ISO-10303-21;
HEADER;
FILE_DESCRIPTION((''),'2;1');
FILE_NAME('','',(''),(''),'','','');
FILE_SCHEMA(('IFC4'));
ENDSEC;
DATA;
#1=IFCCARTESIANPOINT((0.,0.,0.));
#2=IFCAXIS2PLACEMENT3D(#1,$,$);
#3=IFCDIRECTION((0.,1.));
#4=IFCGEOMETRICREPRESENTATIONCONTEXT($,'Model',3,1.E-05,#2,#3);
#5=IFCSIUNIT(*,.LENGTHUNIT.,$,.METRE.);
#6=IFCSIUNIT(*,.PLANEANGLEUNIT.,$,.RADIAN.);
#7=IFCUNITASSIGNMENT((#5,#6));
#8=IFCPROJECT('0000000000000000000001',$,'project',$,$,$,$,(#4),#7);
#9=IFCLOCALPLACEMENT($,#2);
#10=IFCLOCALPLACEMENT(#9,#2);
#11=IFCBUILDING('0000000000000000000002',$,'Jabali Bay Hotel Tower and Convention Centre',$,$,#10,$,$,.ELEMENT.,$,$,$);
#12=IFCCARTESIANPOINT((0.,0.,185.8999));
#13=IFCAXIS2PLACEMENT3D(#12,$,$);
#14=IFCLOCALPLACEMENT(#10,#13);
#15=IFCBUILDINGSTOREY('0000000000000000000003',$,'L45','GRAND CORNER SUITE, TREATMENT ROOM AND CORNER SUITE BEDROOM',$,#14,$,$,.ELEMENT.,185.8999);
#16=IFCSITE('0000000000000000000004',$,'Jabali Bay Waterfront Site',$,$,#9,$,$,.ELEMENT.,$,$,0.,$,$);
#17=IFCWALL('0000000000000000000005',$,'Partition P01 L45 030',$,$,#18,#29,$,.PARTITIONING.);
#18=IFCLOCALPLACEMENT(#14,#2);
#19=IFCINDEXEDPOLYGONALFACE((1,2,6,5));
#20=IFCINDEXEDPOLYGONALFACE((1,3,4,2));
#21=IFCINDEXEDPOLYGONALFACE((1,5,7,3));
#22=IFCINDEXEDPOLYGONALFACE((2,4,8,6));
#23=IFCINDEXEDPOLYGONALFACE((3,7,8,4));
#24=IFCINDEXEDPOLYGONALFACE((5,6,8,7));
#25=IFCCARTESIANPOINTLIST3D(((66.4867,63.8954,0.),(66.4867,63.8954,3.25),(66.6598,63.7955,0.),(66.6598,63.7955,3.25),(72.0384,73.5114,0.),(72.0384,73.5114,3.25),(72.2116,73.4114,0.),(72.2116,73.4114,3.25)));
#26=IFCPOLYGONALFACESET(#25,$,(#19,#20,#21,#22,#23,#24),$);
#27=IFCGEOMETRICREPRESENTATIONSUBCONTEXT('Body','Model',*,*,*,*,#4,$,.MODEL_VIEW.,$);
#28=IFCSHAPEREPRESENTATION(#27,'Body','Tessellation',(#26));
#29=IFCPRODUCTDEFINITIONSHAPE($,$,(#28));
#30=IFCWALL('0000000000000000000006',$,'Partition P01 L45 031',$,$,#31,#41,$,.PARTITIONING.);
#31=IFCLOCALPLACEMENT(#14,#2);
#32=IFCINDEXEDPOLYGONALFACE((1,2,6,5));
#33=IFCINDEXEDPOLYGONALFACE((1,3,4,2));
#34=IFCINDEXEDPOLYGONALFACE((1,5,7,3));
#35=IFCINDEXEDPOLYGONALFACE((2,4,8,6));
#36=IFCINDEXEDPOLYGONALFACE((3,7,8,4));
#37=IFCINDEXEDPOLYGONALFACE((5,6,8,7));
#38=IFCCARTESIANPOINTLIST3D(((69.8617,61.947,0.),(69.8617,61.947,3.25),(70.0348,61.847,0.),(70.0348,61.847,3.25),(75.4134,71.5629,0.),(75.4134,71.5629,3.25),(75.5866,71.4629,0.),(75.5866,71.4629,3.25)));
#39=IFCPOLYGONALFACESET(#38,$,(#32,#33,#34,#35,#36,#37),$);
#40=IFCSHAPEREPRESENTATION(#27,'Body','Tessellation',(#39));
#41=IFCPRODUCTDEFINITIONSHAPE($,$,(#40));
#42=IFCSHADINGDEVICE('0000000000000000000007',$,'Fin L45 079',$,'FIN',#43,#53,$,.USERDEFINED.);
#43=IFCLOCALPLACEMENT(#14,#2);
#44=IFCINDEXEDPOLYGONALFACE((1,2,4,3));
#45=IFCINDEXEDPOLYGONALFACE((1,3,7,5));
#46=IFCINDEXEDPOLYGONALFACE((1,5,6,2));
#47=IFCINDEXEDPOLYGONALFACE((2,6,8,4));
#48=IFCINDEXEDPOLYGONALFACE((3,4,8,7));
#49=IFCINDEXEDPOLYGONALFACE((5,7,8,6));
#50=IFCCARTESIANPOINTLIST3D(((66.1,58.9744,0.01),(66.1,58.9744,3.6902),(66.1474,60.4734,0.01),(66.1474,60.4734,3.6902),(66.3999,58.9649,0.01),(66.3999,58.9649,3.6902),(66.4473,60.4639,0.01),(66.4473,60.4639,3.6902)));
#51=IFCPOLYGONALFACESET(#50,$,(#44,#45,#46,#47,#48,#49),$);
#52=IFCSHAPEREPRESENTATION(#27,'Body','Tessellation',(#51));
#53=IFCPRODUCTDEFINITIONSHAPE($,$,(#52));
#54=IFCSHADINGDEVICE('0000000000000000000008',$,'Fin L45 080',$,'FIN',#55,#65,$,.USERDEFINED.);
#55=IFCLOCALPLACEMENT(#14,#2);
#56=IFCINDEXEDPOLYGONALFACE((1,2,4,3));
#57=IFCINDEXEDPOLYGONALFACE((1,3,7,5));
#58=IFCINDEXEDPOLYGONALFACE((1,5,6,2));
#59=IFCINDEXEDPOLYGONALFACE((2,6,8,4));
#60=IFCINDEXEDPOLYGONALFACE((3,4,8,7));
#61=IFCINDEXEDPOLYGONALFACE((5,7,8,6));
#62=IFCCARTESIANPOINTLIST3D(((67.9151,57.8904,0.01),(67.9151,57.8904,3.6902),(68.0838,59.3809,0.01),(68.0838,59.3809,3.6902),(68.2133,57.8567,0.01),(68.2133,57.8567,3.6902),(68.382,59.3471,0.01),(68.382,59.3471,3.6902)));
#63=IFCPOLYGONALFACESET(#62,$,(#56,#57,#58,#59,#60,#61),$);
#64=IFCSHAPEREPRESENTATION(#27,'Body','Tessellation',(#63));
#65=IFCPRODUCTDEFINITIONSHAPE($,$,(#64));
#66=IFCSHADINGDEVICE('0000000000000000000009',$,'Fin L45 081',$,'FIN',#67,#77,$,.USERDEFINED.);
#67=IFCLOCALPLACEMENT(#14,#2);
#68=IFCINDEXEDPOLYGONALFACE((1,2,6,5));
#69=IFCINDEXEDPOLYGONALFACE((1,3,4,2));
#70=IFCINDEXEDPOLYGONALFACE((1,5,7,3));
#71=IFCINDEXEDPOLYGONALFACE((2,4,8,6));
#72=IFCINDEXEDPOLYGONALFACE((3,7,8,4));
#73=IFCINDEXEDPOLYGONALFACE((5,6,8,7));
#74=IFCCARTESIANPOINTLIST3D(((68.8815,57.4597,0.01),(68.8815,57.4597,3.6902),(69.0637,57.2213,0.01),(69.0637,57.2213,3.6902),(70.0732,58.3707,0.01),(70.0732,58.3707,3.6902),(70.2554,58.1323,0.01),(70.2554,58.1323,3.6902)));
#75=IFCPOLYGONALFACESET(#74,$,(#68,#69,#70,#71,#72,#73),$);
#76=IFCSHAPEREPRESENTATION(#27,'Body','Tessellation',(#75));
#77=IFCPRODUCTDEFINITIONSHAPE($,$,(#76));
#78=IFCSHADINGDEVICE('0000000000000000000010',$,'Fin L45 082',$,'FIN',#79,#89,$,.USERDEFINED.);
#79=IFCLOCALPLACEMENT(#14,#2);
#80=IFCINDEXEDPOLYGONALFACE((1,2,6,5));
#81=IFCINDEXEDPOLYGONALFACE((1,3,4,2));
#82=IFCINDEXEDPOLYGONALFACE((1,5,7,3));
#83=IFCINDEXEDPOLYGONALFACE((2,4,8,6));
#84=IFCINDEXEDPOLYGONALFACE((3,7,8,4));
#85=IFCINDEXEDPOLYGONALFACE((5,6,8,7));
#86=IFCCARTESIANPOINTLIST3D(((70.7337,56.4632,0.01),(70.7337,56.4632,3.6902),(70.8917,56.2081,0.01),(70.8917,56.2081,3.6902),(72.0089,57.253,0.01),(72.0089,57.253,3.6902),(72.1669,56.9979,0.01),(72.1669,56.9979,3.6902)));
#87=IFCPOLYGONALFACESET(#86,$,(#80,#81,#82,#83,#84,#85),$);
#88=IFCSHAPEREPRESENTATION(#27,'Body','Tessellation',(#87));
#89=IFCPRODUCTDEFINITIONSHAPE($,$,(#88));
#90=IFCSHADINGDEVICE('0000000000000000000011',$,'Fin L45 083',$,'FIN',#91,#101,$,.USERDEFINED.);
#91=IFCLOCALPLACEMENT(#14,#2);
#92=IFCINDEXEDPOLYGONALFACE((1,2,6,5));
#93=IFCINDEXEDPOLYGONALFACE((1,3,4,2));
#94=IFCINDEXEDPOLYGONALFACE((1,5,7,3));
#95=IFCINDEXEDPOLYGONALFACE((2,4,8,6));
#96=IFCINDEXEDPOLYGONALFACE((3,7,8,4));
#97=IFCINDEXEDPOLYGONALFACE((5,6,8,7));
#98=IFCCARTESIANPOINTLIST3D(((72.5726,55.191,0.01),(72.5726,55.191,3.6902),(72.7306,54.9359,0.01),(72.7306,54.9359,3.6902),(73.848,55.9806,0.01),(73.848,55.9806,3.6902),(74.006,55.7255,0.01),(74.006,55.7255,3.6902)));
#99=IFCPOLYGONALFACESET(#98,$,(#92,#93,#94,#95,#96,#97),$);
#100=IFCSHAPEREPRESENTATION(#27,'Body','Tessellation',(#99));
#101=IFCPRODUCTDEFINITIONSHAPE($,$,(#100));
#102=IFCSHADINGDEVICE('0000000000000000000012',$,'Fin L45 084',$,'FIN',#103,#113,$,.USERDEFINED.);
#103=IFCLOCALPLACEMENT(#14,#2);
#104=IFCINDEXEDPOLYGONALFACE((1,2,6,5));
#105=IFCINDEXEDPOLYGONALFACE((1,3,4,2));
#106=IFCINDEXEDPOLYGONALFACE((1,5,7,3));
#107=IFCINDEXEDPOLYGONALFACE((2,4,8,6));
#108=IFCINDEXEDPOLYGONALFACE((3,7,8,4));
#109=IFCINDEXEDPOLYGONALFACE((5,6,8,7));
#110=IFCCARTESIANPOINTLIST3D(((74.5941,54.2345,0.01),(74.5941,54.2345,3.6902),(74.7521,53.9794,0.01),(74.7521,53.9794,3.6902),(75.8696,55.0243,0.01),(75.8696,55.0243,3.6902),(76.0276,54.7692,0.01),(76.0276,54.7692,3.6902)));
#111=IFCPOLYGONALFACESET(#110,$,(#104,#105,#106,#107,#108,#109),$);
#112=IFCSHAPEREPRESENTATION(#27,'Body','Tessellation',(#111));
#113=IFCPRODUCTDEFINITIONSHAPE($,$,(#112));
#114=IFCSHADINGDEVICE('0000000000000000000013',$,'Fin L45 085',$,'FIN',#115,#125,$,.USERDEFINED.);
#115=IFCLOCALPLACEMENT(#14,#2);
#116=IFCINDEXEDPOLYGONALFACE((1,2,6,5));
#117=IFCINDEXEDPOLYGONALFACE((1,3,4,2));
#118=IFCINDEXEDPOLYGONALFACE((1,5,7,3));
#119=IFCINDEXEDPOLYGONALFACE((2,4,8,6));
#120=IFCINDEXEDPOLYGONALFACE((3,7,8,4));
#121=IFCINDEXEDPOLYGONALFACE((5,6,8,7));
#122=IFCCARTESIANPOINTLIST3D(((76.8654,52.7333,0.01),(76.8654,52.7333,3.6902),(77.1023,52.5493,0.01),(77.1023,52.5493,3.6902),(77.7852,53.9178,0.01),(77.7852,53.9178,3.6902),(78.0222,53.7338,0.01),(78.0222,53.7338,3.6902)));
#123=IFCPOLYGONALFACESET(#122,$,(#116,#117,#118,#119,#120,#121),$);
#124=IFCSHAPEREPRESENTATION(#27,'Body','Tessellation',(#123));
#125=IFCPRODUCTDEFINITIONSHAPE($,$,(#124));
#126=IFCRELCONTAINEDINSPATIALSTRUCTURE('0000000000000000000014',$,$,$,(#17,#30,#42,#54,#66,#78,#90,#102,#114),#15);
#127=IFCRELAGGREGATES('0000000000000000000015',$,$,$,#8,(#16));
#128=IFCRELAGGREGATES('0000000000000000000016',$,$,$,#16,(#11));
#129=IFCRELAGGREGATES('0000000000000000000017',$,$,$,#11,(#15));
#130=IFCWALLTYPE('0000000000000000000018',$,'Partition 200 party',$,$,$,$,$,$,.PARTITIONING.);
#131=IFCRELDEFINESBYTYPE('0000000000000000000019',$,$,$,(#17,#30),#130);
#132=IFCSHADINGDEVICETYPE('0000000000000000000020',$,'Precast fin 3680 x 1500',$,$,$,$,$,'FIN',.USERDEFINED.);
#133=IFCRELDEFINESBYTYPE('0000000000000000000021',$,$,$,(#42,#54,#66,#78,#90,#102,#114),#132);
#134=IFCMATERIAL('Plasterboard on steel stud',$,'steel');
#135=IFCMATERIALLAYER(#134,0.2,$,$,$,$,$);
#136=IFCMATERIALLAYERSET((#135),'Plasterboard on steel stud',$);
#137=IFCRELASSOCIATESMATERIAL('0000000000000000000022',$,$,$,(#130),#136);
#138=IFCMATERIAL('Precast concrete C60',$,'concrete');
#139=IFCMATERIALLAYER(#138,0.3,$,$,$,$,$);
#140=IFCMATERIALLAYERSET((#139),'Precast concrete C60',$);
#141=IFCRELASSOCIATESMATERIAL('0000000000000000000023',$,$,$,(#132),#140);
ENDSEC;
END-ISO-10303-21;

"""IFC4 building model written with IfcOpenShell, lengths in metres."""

from ifc_helpers import new_model, si_unit, direction, frame, frame_2d, origin, place, context, subcontext, project, spatial, rectangle, extrude, material, layer, layer_set, type_object, element, save


model = new_model("IFC4")

# Units and contexts
model_context = context("Model", 3, precision=1e-05, world=origin(), true_north=direction((0.0, 1.0)))
body_context = subcontext(model_context, "Body", "Model", "MODEL_VIEW")
ifc_project = project(units=[si_unit("LENGTHUNIT", "METRE"), si_unit("PLANEANGLEUNIT", "RADIAN")], contexts=[model_context])

# Site, building, storey
site_placement = place(None, origin())
site = spatial("IfcSite", under=ifc_project, at=site_placement, Name="Jabali Bay Waterfront Site", CompositionType="ELEMENT", RefElevation=0.0)
building_placement = place(site_placement, origin())
building = spatial("IfcBuilding", under=site, at=building_placement, Name="Jabali Bay Hotel Tower and Convention Centre", CompositionType="ELEMENT")
storey_placement = place(building_placement, frame((0.0, 0.0, 185.8999)))
storey = spatial("IfcBuildingStorey", under=building, at=storey_placement, Name="L45", Description="GRAND CORNER SUITE, TREATMENT ROOM AND CORNER SUITE BEDROOM", CompositionType="ELEMENT", Elevation=185.8999)

# Shared definitions
ifc_material_1 = material(Name="Plasterboard on steel stud", Category="steel")

# Walls
ifc_layer_1 = layer(ifc_material_1, 0.2)
ifc_layer_set_1 = layer_set([ifc_layer_1], Name="Plasterboard on steel stud")
wall_type_1 = type_object("IfcWallType", Name="Partition 200 party", PredefinedType="PARTITIONING", material=ifc_layer_set_1)
for number, where, z_axis, x_axis, name in (
    (1, (66.5732, 63.8455, 0.0), (0.0, 0.0, 1.0), (0.499998, 0.866026, 0.0), "Partition P01 L45 030"),
    (2, (69.9482, 61.897, 0.0), (0.0, 0.0, 1.0), (0.499998, 0.866026, 0.0), "Partition P01 L45 031"),
):
    element("IfcWall", number, at=place(storey_placement, frame(where, z_axis=z_axis, x_axis=x_axis)), inside=storey, type_object=wall_type_1, Name=name, PredefinedType="PARTITIONING", context=body_context, shape_type="SweptSolid", body=[
        extrude(rectangle(XDim=11.1035, YDim=0.2, at=frame_2d((5.5518, 0.0))), origin(), (0.0, 0.0, 1.0), 3.25),
    ])

# Shading devices
ifc_material_2 = material(Name="Precast concrete C60", Category="concrete")
ifc_layer_2 = layer(ifc_material_2, 0.3)
ifc_layer_set_2 = layer_set([ifc_layer_2], Name="Precast concrete C60")
shading_device_type = type_object("IfcShadingDeviceType", Name="Precast fin 3680 x 1500", ElementType="FIN", PredefinedType="USERDEFINED", material=ifc_layer_set_2)
shading_device_1_placement = place(storey_placement, frame((66.2974, 60.4688, 0.01), z_axis=(0.0, 0.0, 1.0), x_axis=(-0.03158, -0.999501, 0.0)))
element("IfcShadingDevice", 3, at=shading_device_1_placement, inside=storey, type_object=shading_device_type, Name="Fin L45 079", ObjectType="FIN", PredefinedType="USERDEFINED", context=body_context, shape_type="SweptSolid", body=[
    extrude(rectangle(XDim=1.4998, YDim=0.3, at=frame_2d((0.75, 0.0))), origin(), (0.0, 0.0, 1.0), 3.6802),
])
for number, where, z_axis, x_axis, name in (
    (4, (68.2329, 59.364, 0.01), (0.0, 0.0, 1.0), (-0.112468, -0.993655, 0.0), "Fin L45 080"),
    (5, (70.1643, 58.2515, 0.01), (0.0, 0.0, 1.0), (-0.794478, -0.607293, 0.0), "Fin L45 081"),
    (6, (72.0879, 57.1255, 0.01), (0.0, 0.0, 1.0), (-0.85014, -0.526556, 0.0), "Fin L45 082"),
    (7, (73.927, 55.853, 0.01), (0.0, 0.0, 1.0), (-0.850258, -0.526366, 0.0), "Fin L45 083"),
):
    element("IfcShadingDevice", number, at=place(storey_placement, frame(where, z_axis=z_axis, x_axis=x_axis)), inside=storey, type_object=shading_device_type, Name=name, ObjectType="FIN", PredefinedType="USERDEFINED", context=body_context, shape_type="SweptSolid", body=[
        extrude(rectangle(XDim=1.5, YDim=0.3, at=frame_2d((0.75, 0.0))), origin(), (0.0, 0.0, 1.0), 3.6802),
    ])
shading_device_2_placement = place(storey_placement, frame((75.9485, 54.8967, 0.01), z_axis=(0.0, 0.0, 1.0), x_axis=(-0.850185, -0.526483, 0.0)))
element("IfcShadingDevice", 8, at=shading_device_2_placement, inside=storey, type_object=shading_device_type, Name="Fin L45 084", ObjectType="FIN", PredefinedType="USERDEFINED", context=body_context, shape_type="SweptSolid", body=[
    extrude(rectangle(XDim=1.5002, YDim=0.3, at=frame_2d((0.75, 0.0))), origin(), (0.0, 0.0, 1.0), 3.6802),
])
shading_device_3_placement = place(storey_placement, frame((77.9038, 53.8259, 0.01), z_axis=(0.0, 0.0, 1.0), x_axis=(-0.613354, -0.789808, 0.0)))
element("IfcShadingDevice", 9, at=shading_device_3_placement, inside=storey, type_object=shading_device_type, Name="Fin L45 085", ObjectType="FIN", PredefinedType="USERDEFINED", context=body_context, shape_type="SweptSolid", body=[
    extrude(rectangle(XDim=1.4998, YDim=0.3, at=frame_2d((0.75, 0.0))), origin(), (0.0, 0.0, 1.0), 3.6802),
])

save(model, "model.ifc")
